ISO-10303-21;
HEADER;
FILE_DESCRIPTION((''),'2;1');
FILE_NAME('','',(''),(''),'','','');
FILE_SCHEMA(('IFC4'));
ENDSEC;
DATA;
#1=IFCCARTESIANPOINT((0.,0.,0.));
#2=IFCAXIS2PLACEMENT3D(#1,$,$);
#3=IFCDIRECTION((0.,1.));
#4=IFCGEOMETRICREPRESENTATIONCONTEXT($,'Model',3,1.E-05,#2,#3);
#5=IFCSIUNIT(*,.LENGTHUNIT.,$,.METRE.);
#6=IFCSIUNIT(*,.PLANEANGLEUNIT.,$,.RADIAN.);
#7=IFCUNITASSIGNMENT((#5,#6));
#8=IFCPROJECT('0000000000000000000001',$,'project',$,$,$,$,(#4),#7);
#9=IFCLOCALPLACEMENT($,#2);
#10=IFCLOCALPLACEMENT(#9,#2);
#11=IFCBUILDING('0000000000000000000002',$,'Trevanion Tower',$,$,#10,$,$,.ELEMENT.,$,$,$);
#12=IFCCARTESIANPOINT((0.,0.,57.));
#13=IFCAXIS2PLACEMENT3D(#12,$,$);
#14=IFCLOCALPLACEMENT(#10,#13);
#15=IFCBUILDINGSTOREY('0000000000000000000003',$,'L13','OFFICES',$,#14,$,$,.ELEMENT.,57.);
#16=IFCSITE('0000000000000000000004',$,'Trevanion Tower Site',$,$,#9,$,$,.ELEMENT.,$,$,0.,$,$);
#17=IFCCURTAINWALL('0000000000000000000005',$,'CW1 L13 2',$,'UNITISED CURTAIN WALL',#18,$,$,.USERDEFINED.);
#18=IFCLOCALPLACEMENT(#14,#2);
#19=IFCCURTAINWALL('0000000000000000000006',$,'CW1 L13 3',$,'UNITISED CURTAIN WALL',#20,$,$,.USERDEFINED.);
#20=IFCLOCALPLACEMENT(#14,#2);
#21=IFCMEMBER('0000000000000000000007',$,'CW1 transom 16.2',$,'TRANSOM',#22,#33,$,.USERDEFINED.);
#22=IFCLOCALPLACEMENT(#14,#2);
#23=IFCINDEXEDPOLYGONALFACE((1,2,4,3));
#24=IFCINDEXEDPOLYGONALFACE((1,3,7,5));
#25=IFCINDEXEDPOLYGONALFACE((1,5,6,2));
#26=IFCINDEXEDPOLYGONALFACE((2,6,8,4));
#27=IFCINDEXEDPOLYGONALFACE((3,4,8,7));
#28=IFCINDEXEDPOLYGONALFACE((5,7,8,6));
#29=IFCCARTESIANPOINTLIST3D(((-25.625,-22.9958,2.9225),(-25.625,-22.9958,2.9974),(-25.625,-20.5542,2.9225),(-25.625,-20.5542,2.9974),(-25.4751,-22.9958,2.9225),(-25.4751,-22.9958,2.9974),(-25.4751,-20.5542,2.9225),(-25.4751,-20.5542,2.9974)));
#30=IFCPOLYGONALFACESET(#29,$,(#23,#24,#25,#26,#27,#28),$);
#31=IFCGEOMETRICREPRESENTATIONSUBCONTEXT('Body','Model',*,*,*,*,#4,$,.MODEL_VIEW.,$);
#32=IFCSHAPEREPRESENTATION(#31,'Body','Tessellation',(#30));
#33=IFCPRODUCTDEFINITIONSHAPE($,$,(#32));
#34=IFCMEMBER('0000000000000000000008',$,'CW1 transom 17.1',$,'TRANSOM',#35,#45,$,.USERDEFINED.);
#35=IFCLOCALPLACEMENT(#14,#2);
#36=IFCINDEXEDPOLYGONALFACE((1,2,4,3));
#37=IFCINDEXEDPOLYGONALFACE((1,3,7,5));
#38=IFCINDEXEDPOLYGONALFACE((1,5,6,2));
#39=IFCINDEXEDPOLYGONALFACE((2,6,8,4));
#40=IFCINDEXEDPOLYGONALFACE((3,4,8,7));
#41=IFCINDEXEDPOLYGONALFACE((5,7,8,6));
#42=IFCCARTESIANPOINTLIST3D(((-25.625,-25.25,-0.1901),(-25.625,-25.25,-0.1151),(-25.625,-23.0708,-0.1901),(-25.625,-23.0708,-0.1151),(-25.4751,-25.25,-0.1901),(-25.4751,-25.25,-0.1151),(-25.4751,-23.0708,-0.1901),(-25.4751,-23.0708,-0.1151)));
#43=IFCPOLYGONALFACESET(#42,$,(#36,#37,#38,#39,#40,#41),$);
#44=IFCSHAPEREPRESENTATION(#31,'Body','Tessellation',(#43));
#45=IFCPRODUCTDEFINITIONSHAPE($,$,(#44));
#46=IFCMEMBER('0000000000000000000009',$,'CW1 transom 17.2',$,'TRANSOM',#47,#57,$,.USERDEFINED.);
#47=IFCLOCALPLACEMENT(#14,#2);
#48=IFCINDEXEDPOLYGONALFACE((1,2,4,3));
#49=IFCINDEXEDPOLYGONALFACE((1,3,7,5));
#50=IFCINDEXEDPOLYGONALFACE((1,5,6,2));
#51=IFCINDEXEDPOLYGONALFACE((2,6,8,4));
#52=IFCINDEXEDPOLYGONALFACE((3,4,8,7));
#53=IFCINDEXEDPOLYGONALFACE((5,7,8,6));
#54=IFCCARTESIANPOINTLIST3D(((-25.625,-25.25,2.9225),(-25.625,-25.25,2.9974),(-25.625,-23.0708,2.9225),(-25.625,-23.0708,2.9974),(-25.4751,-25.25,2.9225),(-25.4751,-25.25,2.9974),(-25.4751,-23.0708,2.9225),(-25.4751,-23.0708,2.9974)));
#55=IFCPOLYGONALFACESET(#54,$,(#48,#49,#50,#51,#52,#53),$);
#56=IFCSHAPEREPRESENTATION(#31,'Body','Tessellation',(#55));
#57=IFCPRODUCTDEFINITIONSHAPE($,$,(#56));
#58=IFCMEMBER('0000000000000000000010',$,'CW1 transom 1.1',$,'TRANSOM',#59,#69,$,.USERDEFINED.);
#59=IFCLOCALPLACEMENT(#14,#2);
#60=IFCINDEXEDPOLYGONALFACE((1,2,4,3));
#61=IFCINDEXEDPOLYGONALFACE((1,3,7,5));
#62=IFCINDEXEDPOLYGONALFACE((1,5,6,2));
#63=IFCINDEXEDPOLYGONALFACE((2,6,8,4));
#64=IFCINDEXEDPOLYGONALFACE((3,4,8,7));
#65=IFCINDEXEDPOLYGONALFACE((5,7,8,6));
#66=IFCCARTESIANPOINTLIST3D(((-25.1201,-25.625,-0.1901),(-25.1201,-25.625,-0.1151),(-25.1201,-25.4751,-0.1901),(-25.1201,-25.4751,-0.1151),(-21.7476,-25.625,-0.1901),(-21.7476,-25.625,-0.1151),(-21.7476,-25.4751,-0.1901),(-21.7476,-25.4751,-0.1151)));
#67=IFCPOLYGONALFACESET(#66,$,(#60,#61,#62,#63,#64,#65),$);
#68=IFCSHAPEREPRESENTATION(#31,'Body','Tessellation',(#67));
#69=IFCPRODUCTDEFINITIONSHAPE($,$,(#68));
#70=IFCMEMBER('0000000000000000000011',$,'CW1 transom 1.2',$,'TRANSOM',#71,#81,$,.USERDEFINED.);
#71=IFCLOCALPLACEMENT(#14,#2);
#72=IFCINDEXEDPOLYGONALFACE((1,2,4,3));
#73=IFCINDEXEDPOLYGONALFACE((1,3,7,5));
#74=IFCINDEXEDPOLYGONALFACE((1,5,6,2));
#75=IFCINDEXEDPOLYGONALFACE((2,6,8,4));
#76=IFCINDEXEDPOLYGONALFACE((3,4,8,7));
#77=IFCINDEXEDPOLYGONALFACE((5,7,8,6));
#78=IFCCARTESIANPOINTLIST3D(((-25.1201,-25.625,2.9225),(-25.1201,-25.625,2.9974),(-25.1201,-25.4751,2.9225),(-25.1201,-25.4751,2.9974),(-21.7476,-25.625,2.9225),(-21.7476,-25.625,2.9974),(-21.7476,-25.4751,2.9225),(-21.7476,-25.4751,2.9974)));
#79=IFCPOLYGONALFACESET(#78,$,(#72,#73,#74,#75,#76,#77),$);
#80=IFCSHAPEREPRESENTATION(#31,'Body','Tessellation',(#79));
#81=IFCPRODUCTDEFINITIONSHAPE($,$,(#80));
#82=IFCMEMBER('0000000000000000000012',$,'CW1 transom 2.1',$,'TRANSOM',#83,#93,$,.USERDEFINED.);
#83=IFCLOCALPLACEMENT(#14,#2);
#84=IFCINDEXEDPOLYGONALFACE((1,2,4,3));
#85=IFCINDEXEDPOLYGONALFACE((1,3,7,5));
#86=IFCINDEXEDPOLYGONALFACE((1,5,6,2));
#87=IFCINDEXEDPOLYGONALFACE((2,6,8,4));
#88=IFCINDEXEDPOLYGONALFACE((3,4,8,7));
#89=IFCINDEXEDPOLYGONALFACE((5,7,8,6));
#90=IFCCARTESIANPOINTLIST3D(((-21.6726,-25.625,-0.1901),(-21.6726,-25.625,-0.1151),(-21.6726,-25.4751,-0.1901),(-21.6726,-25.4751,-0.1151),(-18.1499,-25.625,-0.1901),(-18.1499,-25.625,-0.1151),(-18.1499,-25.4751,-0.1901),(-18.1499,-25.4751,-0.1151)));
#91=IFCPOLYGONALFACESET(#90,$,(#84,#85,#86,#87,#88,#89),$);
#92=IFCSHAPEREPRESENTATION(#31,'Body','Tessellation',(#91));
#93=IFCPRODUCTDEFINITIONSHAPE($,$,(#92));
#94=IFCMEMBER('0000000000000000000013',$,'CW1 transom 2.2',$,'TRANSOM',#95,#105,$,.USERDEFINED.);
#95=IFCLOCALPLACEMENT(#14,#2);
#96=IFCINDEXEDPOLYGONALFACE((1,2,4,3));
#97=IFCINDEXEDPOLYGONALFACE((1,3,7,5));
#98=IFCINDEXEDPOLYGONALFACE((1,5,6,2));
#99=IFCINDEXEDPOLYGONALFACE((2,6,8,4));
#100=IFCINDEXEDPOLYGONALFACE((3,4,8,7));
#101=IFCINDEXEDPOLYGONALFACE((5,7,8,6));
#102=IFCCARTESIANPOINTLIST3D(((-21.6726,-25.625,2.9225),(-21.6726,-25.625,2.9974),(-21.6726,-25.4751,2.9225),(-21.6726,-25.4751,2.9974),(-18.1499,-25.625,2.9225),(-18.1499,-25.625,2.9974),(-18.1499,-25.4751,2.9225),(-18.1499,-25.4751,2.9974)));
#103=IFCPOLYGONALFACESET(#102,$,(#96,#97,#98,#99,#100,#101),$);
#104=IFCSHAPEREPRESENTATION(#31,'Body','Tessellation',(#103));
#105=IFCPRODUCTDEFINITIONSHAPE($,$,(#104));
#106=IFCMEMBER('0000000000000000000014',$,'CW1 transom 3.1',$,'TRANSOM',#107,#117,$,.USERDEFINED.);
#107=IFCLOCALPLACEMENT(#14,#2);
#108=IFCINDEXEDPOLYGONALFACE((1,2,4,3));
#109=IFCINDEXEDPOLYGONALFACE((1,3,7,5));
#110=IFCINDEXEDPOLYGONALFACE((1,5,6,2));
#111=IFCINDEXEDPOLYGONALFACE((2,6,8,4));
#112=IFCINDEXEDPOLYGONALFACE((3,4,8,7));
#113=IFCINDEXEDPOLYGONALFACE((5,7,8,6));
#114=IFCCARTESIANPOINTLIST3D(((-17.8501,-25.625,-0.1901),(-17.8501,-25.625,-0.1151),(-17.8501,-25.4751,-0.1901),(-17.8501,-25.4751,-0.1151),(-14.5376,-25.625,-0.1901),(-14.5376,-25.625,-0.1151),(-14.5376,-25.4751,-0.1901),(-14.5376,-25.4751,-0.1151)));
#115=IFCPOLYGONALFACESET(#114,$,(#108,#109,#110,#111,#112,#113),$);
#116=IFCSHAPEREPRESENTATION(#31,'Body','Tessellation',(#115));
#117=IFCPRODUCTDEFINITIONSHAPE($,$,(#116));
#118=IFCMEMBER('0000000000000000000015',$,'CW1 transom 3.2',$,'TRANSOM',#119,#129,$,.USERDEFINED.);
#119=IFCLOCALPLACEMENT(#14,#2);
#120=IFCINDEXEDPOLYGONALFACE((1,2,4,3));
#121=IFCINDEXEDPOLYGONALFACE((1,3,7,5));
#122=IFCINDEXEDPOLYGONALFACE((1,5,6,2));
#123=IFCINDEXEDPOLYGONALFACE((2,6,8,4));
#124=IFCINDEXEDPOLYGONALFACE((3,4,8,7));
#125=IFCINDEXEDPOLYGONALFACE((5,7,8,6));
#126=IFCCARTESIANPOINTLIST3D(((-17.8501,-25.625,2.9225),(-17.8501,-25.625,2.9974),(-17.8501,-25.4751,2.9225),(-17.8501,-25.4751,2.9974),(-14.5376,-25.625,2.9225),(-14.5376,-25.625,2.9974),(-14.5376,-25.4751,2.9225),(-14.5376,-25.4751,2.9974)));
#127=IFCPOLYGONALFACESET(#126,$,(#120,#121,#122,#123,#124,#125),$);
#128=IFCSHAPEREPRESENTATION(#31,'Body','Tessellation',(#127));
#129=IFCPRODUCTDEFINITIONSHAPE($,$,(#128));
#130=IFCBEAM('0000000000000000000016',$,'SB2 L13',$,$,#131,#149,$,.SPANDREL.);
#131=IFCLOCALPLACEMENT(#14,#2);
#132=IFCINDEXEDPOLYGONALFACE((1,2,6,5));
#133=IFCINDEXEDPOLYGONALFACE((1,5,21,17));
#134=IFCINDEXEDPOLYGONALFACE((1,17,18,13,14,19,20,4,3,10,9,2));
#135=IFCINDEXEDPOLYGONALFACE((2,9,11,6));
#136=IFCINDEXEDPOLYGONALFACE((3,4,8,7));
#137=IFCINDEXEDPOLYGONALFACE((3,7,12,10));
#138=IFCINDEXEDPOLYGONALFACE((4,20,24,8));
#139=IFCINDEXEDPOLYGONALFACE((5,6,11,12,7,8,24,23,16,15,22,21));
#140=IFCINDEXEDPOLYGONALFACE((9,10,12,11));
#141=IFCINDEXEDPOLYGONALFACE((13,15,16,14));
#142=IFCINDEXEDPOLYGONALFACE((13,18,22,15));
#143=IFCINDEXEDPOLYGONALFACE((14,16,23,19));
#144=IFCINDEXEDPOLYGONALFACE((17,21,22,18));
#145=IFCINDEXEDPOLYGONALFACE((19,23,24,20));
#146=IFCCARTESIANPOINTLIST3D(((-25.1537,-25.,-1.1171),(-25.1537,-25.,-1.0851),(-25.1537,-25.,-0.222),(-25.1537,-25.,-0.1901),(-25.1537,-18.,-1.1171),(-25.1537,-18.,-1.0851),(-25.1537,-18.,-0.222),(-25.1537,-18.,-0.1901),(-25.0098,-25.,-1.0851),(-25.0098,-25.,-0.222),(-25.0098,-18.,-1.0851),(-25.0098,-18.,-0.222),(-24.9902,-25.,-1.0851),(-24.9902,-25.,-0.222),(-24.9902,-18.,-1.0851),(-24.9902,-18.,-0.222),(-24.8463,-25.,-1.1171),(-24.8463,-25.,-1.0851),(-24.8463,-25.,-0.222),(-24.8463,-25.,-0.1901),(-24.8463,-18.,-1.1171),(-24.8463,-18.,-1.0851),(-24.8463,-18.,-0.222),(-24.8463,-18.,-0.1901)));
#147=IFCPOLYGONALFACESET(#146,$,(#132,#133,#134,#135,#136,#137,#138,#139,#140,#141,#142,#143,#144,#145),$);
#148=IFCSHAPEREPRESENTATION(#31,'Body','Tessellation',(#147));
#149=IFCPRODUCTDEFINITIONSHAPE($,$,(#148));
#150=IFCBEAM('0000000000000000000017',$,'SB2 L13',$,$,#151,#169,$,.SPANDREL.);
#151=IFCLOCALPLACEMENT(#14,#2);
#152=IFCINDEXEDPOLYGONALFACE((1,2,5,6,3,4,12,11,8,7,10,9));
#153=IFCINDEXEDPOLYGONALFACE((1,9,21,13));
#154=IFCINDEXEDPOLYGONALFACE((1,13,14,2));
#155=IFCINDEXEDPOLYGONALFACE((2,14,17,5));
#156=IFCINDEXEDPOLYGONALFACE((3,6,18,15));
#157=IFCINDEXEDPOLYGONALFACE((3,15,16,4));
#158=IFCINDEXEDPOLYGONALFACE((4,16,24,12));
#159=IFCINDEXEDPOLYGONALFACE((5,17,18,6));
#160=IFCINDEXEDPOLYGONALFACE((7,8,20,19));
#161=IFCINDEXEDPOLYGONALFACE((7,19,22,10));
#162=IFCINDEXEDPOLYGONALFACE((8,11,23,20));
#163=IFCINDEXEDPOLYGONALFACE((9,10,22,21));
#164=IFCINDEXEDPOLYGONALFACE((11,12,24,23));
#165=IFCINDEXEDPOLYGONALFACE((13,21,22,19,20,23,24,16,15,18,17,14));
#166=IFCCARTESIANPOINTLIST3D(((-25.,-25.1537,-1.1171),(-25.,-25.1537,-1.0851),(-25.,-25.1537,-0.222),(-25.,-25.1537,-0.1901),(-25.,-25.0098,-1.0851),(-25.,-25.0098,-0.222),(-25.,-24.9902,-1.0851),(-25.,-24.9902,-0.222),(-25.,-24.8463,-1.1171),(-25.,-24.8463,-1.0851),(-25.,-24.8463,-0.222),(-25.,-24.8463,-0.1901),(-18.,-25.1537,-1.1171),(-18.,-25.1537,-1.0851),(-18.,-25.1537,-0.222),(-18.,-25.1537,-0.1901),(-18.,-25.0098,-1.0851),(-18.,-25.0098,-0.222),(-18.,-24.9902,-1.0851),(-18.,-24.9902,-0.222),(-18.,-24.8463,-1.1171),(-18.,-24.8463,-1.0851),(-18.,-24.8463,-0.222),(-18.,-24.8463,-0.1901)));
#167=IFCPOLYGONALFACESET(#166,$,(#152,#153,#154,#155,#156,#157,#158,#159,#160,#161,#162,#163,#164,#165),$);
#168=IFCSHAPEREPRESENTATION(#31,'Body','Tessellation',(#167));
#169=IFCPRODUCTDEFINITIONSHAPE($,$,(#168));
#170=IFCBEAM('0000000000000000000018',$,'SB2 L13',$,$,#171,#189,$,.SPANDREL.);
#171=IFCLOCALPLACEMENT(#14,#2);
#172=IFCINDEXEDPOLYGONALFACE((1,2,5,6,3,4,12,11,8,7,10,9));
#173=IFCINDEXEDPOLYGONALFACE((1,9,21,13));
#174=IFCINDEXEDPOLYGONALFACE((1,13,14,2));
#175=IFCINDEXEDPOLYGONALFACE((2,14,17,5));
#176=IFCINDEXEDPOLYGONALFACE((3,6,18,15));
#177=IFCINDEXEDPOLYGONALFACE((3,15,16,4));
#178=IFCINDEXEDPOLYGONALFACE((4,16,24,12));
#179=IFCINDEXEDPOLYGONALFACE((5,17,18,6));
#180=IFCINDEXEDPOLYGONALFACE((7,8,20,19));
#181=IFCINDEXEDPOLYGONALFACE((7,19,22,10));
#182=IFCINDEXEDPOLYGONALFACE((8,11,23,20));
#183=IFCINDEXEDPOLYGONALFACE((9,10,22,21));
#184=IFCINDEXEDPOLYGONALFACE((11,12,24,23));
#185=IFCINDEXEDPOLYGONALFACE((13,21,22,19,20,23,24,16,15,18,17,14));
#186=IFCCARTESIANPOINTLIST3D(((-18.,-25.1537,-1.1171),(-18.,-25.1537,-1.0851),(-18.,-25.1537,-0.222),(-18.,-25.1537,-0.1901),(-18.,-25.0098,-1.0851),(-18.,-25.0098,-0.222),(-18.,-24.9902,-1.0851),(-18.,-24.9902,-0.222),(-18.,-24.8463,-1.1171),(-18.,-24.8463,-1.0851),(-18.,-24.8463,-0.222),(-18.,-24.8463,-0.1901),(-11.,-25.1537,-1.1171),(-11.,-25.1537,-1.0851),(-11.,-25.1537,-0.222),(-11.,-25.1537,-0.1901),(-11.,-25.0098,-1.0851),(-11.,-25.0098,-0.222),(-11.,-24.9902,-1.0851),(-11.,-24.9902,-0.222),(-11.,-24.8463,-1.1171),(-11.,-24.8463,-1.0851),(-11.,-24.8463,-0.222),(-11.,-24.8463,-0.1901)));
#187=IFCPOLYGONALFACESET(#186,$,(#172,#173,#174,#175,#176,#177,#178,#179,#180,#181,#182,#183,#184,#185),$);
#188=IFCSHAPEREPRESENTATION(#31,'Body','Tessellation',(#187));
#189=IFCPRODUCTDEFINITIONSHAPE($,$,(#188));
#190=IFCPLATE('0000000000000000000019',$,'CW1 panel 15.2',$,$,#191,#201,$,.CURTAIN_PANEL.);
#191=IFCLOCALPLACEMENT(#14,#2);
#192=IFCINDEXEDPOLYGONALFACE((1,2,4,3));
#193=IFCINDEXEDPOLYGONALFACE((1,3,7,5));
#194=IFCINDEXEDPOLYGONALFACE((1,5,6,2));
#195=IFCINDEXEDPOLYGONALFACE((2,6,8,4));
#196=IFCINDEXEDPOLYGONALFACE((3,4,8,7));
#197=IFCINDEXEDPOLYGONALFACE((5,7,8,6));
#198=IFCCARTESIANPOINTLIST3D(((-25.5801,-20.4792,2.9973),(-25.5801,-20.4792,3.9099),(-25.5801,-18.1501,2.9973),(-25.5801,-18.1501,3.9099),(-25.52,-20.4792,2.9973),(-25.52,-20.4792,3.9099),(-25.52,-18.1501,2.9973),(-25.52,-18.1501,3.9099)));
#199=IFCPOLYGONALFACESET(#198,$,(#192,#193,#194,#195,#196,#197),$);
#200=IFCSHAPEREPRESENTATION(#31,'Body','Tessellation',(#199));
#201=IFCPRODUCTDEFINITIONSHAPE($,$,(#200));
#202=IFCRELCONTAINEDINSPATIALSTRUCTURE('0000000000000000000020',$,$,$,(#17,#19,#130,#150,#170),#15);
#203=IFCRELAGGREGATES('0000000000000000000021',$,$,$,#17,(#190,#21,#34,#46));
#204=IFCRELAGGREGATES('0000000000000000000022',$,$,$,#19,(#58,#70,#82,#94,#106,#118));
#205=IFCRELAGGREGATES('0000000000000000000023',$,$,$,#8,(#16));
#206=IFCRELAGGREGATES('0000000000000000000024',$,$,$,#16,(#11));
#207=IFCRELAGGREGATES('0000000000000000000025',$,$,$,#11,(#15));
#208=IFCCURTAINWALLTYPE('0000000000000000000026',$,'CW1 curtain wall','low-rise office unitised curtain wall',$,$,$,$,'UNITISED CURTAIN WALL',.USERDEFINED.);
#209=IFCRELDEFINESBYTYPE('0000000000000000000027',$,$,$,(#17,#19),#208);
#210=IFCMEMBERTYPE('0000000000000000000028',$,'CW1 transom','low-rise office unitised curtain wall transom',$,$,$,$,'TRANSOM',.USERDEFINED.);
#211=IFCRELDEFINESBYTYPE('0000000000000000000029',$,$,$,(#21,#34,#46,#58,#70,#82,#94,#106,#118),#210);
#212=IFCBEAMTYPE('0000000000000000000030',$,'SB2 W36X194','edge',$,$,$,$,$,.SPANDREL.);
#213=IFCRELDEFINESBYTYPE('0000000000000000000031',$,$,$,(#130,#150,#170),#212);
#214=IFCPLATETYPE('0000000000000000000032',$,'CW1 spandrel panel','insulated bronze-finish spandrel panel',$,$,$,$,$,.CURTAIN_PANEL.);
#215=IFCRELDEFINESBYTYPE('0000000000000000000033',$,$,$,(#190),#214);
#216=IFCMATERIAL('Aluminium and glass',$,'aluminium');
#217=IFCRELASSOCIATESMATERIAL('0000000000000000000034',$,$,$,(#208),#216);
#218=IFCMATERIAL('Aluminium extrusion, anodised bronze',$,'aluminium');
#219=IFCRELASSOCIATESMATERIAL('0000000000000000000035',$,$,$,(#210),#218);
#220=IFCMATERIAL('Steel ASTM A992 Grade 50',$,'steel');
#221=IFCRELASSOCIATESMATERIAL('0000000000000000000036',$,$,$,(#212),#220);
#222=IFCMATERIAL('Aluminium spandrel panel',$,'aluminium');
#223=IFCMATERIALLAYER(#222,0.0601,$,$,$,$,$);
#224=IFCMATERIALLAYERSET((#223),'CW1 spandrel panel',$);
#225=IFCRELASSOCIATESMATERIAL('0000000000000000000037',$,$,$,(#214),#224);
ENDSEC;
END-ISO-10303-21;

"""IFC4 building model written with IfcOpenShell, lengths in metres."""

from ifc_helpers import new_model, si_unit, direction, frame, origin, origin_2d, place, context, subcontext, project, spatial, rectangle, i_section, extrude, material, layer, layer_set, material_profile, profile_set, type_object, element, aggregate, save


model = new_model("IFC4")

# Units and contexts
model_context = context("Model", 3, precision=1e-05, world=origin(), true_north=direction((0.0, 1.0)))
body_context = subcontext(model_context, "Body", "Model", "MODEL_VIEW")
ifc_project = project(units=[si_unit("LENGTHUNIT", "METRE"), si_unit("PLANEANGLEUNIT", "RADIAN")], contexts=[model_context])

# Site, building, storey
site_placement = place(None, origin())
site = spatial("IfcSite", under=ifc_project, at=site_placement, Name="Trevanion Tower Site", CompositionType="ELEMENT", RefElevation=0.0)
building_placement = place(site_placement, origin())
building = spatial("IfcBuilding", under=site, at=building_placement, Name="Trevanion Tower", CompositionType="ELEMENT")
storey_placement = place(building_placement, frame((0.0, 0.0, 57.0)))
storey = spatial("IfcBuildingStorey", under=building, at=storey_placement, Name="L13", Description="OFFICES", CompositionType="ELEMENT", Elevation=57.0)

# Curtain wall
ifc_material_1 = material(Name="Aluminium and glass", Category="aluminium")
curtain_wall_type = type_object("IfcCurtainWallType", Name="CW1 curtain wall", Description="low-rise office unitised curtain wall", ElementType="UNITISED CURTAIN WALL", PredefinedType="USERDEFINED", material=ifc_material_1)
curtain_wall_1_placement = place(storey_placement, origin())
curtain_wall_1 = element("IfcCurtainWall", 1, at=curtain_wall_1_placement, inside=storey, type_object=curtain_wall_type, Name="CW1 L13 2", ObjectType="UNITISED CURTAIN WALL", PredefinedType="USERDEFINED")

# Curtain wall
curtain_wall_2_placement = place(storey_placement, origin())
curtain_wall_2 = element("IfcCurtainWall", 2, at=curtain_wall_2_placement, inside=storey, type_object=curtain_wall_type, Name="CW1 L13 3", ObjectType="UNITISED CURTAIN WALL", PredefinedType="USERDEFINED")

# Members
ifc_material_2 = material(Name="Aluminium extrusion, anodised bronze", Category="aluminium")
ifc_material_profile_1 = material_profile(ifc_material_2, rectangle(XDim=0.1499, YDim=0.075, at=origin_2d()), Name="CW1 transom")
ifc_profile_set_1 = profile_set([ifc_material_profile_1], Name="Aluminium extrusion, anodised bronze")
member_type_1 = type_object("IfcMemberType", Name="CW1 transom", Description="low-rise office unitised curtain wall transom", ElementType="TRANSOM", PredefinedType="USERDEFINED", material=ifc_profile_set_1)
member_1_placement = place(storey_placement, frame((-25.55, -20.5542, 2.96), z_axis=(0.0, -1.0, 0.0), x_axis=(1.0, 0.0, 0.0)))
member_1 = element("IfcMember", 3, at=member_1_placement, type_object=member_type_1, Name="CW1 transom 16.2", ObjectType="TRANSOM", PredefinedType="USERDEFINED", context=body_context, shape_type="SweptSolid", body=[
    extrude(rectangle(XDim=0.1499, YDim=0.075, at=origin_2d()), origin(), (0.0, 0.0, 1.0), 2.4417),
])
member_2_placement = place(storey_placement, frame((-25.55, -23.0708, -0.1526), z_axis=(0.0, -1.0, 0.0), x_axis=(1.0, 0.0, 0.0)))
member_2 = element("IfcMember", 4, at=member_2_placement, type_object=member_type_1, Name="CW1 transom 17.1", ObjectType="TRANSOM", PredefinedType="USERDEFINED", context=body_context, shape_type="SweptSolid", body=[
    extrude(rectangle(XDim=0.1499, YDim=0.075, at=origin_2d()), origin(), (0.0, 0.0, 1.0), 2.1792),
])
member_3_placement = place(storey_placement, frame((-25.55, -23.0708, 2.96), z_axis=(0.0, -1.0, 0.0), x_axis=(1.0, 0.0, 0.0)))
member_3 = element("IfcMember", 5, at=member_3_placement, type_object=member_type_1, Name="CW1 transom 17.2", ObjectType="TRANSOM", PredefinedType="USERDEFINED", context=body_context, shape_type="SweptSolid", body=[
    extrude(rectangle(XDim=0.1499, YDim=0.075, at=origin_2d()), origin(), (0.0, 0.0, 1.0), 2.1792),
])
member_4_placement = place(storey_placement, frame((-25.1201, -25.55, -0.1526), z_axis=(1.0, 0.0, 0.0), x_axis=(0.0, 1.0, 0.0)))
member_4 = element("IfcMember", 6, at=member_4_placement, type_object=member_type_1, Name="CW1 transom 1.1", ObjectType="TRANSOM", PredefinedType="USERDEFINED", context=body_context, shape_type="SweptSolid", body=[
    extrude(rectangle(XDim=0.1499, YDim=0.075, at=origin_2d()), origin(), (0.0, 0.0, 1.0), 3.3726),
])
member_5_placement = place(storey_placement, frame((-25.1201, -25.55, 2.96), z_axis=(1.0, 0.0, 0.0), x_axis=(0.0, 1.0, 0.0)))
member_5 = element("IfcMember", 7, at=member_5_placement, type_object=member_type_1, Name="CW1 transom 1.2", ObjectType="TRANSOM", PredefinedType="USERDEFINED", context=body_context, shape_type="SweptSolid", body=[
    extrude(rectangle(XDim=0.1499, YDim=0.075, at=origin_2d()), origin(), (0.0, 0.0, 1.0), 3.3726),
])
member_6_placement = place(storey_placement, frame((-21.6726, -25.55, -0.1526), z_axis=(1.0, 0.0, 0.0), x_axis=(0.0, 1.0, 0.0)))
member_6 = element("IfcMember", 8, at=member_6_placement, type_object=member_type_1, Name="CW1 transom 2.1", ObjectType="TRANSOM", PredefinedType="USERDEFINED", context=body_context, shape_type="SweptSolid", body=[
    extrude(rectangle(XDim=0.1499, YDim=0.075, at=origin_2d()), origin(), (0.0, 0.0, 1.0), 3.5227),
])
member_7_placement = place(storey_placement, frame((-21.6726, -25.55, 2.96), z_axis=(1.0, 0.0, 0.0), x_axis=(0.0, 1.0, 0.0)))
member_7 = element("IfcMember", 9, at=member_7_placement, type_object=member_type_1, Name="CW1 transom 2.2", ObjectType="TRANSOM", PredefinedType="USERDEFINED", context=body_context, shape_type="SweptSolid", body=[
    extrude(rectangle(XDim=0.1499, YDim=0.075, at=origin_2d()), origin(), (0.0, 0.0, 1.0), 3.5227),
])
member_8_placement = place(storey_placement, frame((-17.8501, -25.55, -0.1526), z_axis=(1.0, 0.0, 0.0), x_axis=(0.0, 1.0, 0.0)))
member_8 = element("IfcMember", 10, at=member_8_placement, type_object=member_type_1, Name="CW1 transom 3.1", ObjectType="TRANSOM", PredefinedType="USERDEFINED", context=body_context, shape_type="SweptSolid", body=[
    extrude(rectangle(XDim=0.1499, YDim=0.075, at=origin_2d()), origin(), (0.0, 0.0, 1.0), 3.3125),
])
member_9_placement = place(storey_placement, frame((-17.8501, -25.55, 2.96), z_axis=(1.0, 0.0, 0.0), x_axis=(0.0, 1.0, 0.0)))
member_9 = element("IfcMember", 11, at=member_9_placement, type_object=member_type_1, Name="CW1 transom 3.2", ObjectType="TRANSOM", PredefinedType="USERDEFINED", context=body_context, shape_type="SweptSolid", body=[
    extrude(rectangle(XDim=0.1499, YDim=0.075, at=origin_2d()), origin(), (0.0, 0.0, 1.0), 3.3125),
])

# Beams
ifc_material_3 = material(Name="Steel ASTM A992 Grade 50", Category="steel")
ifc_material_profile_2 = material_profile(ifc_material_3, i_section(OverallWidth=0.3074, OverallDepth=0.927, WebThickness=0.0195, FlangeThickness=0.032, at=origin_2d()), Name="W36X194")
ifc_profile_set_2 = profile_set([ifc_material_profile_2], Name="Steel ASTM A992 Grade 50")
beam_type = type_object("IfcBeamType", Name="SB2 W36X194", Description="edge", PredefinedType="SPANDREL", material=ifc_profile_set_2)
for number, where, z_axis, x_axis, name in (
    (12, (-25.0, -18.0, -0.6536), (0.0, -1.0, 0.0), (1.0, 0.0, 0.0), "SB2 L13"),
    (13, (-25.0, -25.0, -0.6536), (1.0, 0.0, 0.0), (0.0, 1.0, 0.0), "SB2 L13"),
    (14, (-18.0, -25.0, -0.6536), (1.0, 0.0, 0.0), (0.0, 1.0, 0.0), "SB2 L13"),
):
    element("IfcBeam", number, at=place(storey_placement, frame(where, z_axis=z_axis, x_axis=x_axis)), inside=storey, type_object=beam_type, Name=name, PredefinedType="SPANDREL", context=body_context, shape_type="SweptSolid", body=[
        extrude(i_section(OverallWidth=0.3074, OverallDepth=0.927, WebThickness=0.0195, FlangeThickness=0.032, at=origin_2d()), origin(), (0.0, 0.0, 1.0), 7.0),
    ])

# Plate
ifc_material_4 = material(Name="Aluminium spandrel panel", Category="aluminium")
ifc_layer_1 = layer(ifc_material_4, 0.0601)
ifc_layer_set_1 = layer_set([ifc_layer_1], Name="CW1 spandrel panel")
plate_type_1 = type_object("IfcPlateType", Name="CW1 spandrel panel", Description="insulated bronze-finish spandrel panel", PredefinedType="CURTAIN_PANEL", material=ifc_layer_set_1)
plate_1_placement = place(storey_placement, frame((-25.55, -19.3147, 2.9973), z_axis=(0.0, 0.0, 1.0), x_axis=(0.0, -1.0, 0.0)))
plate_1 = element("IfcPlate", 15, at=plate_1_placement, type_object=plate_type_1, Name="CW1 panel 15.2", PredefinedType="CURTAIN_PANEL", context=body_context, shape_type="SweptSolid", body=[
    extrude(rectangle(XDim=2.3291, YDim=0.0601, at=origin_2d()), origin(), (0.0, 0.0, 1.0), 0.9126),
])
aggregate(curtain_wall_1, [plate_1, member_1, member_2, member_3])
aggregate(curtain_wall_2, [member_4, member_5, member_6, member_7, member_8, member_9])

save(model, "model.ifc")
